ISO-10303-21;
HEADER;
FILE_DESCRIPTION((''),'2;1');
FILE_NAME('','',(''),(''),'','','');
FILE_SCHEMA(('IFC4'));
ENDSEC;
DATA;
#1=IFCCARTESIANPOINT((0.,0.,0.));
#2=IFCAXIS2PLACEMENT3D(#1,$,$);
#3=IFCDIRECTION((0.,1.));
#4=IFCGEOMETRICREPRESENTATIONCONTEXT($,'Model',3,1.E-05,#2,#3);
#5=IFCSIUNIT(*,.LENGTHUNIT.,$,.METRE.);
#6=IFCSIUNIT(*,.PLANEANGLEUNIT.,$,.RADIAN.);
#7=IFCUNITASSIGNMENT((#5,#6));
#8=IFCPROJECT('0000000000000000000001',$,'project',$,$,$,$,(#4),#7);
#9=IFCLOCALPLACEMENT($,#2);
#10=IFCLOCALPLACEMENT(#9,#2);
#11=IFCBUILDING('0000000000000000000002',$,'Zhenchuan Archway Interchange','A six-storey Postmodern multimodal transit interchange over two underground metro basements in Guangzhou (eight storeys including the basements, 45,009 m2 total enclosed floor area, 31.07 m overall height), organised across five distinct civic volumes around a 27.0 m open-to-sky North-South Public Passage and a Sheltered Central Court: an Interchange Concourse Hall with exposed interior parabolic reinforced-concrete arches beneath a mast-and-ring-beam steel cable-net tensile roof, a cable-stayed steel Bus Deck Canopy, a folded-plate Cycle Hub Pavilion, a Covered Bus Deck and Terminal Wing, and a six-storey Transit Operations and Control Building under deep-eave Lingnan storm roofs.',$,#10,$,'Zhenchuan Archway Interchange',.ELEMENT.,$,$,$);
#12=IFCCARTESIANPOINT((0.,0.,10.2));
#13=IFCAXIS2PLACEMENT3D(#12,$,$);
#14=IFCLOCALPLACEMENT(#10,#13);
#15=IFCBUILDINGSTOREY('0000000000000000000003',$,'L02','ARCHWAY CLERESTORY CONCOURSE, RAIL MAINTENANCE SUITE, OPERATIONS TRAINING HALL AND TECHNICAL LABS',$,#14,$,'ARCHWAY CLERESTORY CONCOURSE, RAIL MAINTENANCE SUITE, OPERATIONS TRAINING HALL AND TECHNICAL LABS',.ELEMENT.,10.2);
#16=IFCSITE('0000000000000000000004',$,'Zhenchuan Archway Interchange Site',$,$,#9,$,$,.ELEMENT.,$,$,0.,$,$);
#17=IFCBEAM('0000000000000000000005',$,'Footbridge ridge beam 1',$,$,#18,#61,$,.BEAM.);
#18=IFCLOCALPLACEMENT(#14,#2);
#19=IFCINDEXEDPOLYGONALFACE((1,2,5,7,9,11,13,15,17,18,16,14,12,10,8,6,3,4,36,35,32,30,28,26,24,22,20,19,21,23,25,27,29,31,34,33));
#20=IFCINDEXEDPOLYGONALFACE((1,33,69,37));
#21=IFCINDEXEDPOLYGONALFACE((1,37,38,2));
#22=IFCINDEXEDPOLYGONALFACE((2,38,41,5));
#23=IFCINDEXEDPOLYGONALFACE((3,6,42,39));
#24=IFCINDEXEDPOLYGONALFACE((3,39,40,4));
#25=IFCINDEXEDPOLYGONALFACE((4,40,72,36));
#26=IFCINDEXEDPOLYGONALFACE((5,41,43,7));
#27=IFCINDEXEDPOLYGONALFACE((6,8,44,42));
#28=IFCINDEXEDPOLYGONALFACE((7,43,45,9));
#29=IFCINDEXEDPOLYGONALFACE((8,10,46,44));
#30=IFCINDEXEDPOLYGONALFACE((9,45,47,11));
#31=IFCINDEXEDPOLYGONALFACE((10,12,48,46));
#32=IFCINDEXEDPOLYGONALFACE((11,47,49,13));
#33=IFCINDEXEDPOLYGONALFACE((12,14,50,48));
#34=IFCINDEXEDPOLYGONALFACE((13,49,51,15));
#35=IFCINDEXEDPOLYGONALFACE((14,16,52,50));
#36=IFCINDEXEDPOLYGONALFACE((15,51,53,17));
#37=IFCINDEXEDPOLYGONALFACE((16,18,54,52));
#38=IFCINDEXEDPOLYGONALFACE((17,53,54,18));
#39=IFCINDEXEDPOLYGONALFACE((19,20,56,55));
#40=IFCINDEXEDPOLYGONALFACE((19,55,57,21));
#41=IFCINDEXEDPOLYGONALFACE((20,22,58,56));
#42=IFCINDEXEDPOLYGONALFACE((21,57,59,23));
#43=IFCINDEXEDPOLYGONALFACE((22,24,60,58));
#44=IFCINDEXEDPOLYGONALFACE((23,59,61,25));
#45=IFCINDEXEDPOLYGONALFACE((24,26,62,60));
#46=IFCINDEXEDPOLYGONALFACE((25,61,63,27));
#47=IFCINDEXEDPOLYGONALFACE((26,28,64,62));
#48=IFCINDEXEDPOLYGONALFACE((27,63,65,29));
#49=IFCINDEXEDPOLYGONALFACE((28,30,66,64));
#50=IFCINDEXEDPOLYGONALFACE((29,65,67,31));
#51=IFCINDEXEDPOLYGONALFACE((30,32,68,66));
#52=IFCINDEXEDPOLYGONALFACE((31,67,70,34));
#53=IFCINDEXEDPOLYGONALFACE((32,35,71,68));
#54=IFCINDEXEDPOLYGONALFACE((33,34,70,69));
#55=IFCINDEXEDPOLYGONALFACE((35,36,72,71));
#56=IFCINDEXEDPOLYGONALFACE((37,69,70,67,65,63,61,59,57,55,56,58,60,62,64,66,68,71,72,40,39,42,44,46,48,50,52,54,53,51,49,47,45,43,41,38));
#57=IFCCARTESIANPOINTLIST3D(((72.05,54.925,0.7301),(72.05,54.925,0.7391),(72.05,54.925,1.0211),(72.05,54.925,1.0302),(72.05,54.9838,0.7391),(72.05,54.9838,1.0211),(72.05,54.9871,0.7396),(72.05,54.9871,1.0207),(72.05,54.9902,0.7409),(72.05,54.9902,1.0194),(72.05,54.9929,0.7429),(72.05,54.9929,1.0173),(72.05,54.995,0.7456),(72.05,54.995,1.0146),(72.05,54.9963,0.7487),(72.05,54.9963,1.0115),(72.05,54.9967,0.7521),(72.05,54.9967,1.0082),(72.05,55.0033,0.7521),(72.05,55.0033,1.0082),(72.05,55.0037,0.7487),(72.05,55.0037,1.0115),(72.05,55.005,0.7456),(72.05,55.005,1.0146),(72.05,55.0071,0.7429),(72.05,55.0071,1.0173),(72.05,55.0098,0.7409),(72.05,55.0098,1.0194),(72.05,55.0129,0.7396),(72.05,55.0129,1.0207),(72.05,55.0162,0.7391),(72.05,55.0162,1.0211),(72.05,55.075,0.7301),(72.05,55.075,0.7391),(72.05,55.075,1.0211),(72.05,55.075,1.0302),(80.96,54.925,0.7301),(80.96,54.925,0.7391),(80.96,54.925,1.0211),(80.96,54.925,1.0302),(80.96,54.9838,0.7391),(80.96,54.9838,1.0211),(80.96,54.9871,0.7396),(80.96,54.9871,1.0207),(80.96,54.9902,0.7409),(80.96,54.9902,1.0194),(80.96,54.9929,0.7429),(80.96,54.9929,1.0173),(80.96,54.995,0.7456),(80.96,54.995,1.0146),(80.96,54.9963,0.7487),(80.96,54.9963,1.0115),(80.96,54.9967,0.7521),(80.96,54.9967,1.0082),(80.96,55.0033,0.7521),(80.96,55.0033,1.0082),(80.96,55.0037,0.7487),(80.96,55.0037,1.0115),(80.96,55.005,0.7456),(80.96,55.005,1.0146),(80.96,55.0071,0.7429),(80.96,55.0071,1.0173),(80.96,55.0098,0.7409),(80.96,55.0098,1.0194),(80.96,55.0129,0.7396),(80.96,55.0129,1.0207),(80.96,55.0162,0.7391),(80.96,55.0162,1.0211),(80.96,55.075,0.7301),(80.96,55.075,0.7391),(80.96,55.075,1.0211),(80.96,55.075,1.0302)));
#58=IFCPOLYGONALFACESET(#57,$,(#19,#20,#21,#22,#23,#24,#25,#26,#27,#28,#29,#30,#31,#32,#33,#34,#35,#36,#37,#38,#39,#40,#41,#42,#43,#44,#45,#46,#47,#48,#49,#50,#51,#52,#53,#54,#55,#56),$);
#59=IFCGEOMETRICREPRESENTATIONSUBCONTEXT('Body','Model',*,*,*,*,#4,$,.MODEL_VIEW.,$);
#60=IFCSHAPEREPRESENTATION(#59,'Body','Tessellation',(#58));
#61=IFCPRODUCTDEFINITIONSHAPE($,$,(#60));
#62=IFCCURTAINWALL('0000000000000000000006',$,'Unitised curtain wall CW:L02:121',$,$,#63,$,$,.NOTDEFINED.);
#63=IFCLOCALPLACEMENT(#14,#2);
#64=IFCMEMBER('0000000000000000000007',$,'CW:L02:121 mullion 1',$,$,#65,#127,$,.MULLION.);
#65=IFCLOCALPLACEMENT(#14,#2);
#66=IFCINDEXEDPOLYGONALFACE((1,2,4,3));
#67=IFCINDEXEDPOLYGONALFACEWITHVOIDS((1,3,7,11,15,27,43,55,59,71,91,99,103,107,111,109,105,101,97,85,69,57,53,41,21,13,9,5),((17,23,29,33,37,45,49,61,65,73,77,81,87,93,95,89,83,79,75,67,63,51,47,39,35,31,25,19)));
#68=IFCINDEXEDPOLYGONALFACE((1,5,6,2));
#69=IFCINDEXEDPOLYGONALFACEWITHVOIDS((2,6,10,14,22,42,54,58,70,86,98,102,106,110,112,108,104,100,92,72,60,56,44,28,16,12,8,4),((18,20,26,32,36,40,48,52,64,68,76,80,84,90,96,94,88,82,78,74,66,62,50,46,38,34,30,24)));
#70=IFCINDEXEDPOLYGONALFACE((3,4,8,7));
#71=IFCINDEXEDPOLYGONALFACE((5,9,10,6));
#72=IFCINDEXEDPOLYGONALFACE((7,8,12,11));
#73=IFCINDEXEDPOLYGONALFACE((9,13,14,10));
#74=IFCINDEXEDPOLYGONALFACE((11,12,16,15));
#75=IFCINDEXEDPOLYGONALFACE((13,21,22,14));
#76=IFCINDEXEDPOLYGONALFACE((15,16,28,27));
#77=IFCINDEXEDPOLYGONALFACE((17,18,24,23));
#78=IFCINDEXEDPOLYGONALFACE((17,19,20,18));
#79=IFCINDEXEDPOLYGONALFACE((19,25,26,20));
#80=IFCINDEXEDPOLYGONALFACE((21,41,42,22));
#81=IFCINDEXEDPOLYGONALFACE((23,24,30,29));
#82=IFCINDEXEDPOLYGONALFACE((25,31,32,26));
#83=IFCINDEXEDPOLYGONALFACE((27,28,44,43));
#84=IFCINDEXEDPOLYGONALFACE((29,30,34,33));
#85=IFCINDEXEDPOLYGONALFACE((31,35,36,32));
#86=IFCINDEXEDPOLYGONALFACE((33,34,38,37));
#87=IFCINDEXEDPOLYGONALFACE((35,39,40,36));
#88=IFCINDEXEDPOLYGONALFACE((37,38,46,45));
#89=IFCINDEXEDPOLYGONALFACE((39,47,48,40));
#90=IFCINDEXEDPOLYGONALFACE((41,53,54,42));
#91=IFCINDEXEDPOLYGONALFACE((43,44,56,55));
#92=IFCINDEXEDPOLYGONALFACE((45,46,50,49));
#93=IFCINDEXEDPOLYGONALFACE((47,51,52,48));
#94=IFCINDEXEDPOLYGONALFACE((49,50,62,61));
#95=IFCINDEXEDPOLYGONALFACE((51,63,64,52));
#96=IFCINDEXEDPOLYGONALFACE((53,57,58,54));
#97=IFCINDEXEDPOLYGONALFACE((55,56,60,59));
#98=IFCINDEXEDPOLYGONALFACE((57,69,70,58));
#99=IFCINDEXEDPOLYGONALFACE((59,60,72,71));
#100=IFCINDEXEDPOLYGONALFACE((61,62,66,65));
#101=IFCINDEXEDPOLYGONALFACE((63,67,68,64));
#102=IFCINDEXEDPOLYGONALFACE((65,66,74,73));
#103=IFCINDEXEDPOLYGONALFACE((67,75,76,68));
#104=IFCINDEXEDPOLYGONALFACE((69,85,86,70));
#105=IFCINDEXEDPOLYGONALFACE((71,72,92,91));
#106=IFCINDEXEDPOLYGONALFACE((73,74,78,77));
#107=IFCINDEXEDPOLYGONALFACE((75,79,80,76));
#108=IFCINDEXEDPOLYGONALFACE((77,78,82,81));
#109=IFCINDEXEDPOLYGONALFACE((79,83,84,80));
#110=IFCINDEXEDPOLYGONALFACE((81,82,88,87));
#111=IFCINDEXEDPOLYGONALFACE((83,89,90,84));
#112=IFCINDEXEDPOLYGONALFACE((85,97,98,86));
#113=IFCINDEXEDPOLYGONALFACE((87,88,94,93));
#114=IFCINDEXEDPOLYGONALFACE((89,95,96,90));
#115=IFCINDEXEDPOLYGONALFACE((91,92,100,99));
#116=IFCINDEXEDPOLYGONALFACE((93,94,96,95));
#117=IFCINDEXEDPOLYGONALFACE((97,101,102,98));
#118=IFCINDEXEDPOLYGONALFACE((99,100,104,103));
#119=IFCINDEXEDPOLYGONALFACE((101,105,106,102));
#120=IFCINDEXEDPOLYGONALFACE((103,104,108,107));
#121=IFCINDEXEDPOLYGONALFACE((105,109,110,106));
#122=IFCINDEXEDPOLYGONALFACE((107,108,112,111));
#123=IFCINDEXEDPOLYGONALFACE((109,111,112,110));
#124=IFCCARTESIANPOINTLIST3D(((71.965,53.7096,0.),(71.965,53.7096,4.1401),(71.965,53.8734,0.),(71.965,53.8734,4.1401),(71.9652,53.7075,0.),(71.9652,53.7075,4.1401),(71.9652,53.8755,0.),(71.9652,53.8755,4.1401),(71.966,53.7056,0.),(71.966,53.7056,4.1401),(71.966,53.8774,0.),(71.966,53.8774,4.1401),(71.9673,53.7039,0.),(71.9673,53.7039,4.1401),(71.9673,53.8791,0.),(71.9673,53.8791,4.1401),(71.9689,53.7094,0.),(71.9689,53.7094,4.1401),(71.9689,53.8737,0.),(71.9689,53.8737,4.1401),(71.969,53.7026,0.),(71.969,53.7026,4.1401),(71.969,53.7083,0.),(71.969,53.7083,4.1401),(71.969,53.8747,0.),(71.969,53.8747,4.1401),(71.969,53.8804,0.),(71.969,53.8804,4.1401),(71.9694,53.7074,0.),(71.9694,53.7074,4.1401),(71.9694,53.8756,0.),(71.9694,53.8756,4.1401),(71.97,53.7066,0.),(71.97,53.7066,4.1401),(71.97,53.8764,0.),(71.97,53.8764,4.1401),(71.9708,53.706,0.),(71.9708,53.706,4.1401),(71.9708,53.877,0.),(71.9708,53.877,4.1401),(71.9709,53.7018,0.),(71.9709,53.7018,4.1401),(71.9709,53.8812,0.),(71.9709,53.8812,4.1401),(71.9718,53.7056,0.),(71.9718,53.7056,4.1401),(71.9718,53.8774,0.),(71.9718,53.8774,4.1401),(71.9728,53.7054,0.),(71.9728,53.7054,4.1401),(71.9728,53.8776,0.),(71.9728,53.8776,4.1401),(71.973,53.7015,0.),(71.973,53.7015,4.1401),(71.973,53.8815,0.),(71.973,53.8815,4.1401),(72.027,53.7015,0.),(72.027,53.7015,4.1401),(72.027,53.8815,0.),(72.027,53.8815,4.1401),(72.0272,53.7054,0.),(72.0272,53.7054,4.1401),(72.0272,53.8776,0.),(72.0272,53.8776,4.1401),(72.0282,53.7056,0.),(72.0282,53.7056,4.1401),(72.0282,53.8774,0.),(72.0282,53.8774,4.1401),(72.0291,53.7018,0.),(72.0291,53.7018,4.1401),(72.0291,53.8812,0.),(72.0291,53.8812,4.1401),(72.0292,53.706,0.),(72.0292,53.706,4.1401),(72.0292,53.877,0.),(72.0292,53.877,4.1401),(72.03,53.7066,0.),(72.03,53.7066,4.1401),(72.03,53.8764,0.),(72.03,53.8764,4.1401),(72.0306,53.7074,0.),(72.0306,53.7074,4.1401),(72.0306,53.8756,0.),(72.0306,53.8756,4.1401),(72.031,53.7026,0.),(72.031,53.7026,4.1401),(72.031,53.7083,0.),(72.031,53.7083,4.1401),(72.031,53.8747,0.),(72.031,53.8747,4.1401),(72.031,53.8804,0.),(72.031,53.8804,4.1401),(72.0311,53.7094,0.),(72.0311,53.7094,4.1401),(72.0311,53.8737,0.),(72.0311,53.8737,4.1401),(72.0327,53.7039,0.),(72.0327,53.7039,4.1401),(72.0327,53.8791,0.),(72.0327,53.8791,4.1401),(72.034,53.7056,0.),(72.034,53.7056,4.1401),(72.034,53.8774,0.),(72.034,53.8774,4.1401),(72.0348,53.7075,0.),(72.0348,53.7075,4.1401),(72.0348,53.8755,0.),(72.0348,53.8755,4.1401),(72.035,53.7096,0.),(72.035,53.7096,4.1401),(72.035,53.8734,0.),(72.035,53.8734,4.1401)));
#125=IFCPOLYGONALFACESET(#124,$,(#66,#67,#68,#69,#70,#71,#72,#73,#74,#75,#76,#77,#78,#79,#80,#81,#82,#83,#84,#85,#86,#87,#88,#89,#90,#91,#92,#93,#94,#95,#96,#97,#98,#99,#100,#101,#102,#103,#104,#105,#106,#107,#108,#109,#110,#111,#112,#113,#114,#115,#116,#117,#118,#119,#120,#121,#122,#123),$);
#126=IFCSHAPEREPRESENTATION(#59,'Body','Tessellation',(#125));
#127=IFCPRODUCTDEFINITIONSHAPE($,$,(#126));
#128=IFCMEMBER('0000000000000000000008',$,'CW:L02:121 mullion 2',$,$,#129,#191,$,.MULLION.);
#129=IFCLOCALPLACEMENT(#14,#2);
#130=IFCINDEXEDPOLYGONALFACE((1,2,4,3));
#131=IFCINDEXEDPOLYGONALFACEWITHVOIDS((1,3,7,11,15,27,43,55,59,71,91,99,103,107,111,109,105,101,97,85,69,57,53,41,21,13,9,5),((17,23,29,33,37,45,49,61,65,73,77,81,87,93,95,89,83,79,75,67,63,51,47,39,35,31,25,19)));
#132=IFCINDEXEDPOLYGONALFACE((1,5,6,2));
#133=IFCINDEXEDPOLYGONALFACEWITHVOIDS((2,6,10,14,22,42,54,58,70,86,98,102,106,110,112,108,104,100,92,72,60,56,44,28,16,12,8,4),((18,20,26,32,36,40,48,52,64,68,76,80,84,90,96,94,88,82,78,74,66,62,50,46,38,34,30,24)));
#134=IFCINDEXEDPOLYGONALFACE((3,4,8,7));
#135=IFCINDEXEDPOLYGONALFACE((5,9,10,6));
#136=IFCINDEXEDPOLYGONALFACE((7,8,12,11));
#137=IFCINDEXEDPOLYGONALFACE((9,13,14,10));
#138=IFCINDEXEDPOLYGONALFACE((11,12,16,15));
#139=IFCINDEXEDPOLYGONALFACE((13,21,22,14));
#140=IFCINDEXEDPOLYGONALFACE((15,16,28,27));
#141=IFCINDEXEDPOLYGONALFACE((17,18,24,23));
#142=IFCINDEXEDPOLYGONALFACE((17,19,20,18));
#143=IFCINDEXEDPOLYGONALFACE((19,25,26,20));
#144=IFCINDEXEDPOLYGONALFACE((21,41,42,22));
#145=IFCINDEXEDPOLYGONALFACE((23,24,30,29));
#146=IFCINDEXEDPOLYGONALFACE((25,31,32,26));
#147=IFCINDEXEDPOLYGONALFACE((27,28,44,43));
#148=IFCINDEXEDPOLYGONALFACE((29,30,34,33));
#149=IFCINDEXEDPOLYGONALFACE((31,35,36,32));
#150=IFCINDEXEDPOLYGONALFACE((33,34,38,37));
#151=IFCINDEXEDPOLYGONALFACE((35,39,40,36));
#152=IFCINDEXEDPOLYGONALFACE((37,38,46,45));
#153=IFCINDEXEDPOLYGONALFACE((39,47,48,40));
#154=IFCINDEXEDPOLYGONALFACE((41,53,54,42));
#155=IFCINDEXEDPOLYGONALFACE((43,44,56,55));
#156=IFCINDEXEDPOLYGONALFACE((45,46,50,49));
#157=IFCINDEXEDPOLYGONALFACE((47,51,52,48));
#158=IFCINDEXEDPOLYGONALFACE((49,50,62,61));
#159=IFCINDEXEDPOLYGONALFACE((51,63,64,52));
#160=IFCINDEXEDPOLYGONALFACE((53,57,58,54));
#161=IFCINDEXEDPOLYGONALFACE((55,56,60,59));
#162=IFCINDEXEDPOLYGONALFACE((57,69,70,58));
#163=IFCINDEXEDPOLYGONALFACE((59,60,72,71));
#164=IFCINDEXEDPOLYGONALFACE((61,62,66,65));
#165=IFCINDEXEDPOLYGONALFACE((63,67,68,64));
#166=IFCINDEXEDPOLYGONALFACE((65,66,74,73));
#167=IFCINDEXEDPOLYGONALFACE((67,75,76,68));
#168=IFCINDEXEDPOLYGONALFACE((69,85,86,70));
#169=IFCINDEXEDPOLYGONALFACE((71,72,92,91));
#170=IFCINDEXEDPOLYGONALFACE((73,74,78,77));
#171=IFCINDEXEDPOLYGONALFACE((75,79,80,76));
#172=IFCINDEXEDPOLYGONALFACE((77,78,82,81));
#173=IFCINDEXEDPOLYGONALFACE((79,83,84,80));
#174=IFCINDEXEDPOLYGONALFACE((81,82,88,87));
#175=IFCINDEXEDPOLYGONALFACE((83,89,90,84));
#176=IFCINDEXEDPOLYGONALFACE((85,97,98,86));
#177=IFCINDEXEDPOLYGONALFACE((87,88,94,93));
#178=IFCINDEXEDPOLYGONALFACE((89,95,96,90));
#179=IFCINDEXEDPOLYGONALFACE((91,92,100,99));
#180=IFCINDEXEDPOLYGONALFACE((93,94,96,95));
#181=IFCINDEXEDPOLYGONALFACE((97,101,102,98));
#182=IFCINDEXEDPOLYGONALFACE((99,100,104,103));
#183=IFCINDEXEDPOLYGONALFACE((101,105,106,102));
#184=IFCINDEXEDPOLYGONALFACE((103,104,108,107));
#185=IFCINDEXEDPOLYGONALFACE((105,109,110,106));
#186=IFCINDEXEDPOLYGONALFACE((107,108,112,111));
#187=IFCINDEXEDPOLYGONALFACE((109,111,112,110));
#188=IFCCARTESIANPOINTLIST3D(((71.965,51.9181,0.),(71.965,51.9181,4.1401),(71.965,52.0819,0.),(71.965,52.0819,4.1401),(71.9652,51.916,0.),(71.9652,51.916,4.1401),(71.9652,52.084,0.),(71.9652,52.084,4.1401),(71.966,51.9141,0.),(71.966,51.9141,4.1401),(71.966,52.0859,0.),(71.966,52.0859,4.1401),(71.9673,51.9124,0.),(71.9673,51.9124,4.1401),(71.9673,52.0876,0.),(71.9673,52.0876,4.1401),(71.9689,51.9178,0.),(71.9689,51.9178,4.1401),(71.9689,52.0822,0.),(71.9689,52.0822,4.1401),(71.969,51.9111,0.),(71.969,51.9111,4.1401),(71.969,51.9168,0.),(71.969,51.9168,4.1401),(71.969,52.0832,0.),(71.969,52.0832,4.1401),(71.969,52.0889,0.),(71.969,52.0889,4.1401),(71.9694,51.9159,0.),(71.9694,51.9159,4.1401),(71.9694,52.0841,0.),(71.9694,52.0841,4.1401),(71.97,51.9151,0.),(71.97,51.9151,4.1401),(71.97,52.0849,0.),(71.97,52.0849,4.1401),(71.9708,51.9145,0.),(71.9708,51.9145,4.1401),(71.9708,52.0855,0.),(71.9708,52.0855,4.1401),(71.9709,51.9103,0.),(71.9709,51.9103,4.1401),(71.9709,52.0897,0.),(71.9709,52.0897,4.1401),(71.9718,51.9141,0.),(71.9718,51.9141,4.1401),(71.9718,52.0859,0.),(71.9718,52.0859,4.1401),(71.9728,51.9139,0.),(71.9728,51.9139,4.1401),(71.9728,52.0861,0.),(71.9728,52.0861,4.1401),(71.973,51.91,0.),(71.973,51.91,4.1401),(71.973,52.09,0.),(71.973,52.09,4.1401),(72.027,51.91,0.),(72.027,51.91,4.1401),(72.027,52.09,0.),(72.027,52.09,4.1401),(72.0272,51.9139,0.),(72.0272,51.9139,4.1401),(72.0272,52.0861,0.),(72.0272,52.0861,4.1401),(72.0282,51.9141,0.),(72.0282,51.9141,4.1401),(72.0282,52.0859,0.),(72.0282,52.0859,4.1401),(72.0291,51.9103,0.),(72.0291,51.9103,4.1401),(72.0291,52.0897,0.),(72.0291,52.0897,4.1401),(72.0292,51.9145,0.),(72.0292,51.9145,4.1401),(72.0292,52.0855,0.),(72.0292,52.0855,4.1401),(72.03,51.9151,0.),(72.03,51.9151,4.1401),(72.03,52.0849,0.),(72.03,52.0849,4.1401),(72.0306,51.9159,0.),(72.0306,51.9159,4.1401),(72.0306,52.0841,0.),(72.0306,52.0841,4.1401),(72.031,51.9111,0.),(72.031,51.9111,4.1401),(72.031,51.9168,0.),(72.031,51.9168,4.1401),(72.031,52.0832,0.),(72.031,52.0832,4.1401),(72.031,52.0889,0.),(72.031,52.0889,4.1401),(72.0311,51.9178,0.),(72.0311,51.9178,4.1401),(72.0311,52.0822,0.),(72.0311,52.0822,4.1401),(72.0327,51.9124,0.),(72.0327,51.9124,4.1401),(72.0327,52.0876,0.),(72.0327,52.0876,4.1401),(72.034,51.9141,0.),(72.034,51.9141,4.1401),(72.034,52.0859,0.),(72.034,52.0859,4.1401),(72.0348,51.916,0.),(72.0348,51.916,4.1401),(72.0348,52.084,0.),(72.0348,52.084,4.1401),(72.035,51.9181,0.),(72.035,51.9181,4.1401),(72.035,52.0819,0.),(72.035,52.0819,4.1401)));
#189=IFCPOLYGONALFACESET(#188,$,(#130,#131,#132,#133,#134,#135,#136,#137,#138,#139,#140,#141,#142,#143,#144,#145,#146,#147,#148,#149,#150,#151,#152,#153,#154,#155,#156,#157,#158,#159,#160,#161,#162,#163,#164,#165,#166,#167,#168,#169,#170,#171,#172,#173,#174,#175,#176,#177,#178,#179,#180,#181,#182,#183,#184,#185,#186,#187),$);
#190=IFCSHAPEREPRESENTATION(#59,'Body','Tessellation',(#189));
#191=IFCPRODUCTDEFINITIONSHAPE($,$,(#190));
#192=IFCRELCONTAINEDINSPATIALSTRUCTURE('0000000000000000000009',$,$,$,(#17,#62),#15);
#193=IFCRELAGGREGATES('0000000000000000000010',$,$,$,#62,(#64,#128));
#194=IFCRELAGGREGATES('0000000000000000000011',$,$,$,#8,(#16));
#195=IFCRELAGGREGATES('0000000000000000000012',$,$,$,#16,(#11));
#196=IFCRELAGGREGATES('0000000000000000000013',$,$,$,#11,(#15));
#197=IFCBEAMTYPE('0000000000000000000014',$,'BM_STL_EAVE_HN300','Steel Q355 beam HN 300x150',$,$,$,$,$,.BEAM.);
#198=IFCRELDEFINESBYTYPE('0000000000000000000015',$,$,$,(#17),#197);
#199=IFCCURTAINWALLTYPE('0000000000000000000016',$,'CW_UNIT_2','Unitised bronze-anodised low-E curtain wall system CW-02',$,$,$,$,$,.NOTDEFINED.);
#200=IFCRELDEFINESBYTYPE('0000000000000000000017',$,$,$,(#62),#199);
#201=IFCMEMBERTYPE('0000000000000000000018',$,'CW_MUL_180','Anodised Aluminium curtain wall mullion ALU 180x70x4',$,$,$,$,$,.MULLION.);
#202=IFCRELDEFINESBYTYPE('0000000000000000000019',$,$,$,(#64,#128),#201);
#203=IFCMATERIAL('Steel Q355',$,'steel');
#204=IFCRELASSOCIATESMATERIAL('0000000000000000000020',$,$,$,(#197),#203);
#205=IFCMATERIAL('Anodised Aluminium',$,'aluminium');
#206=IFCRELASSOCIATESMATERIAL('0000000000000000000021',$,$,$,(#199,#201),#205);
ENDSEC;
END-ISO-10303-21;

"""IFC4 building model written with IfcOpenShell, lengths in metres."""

from ifc_helpers import new_model, si_unit, direction, frame, origin, origin_2d, place, context, subcontext, project, spatial, hollow_rectangle, i_section, extrude, material, material_profile, profile_set, type_object, element, aggregate, save


model = new_model("IFC4")

# Units and contexts
model_context = context("Model", 3, precision=1e-05, world=origin(), true_north=direction((0.0, 1.0)))
body_context = subcontext(model_context, "Body", "Model", "MODEL_VIEW")
ifc_project = project(units=[si_unit("LENGTHUNIT", "METRE"), si_unit("PLANEANGLEUNIT", "RADIAN")], contexts=[model_context])

# Site, building, storey
site_placement = place(None, origin())
site = spatial("IfcSite", under=ifc_project, at=site_placement, Name="Zhenchuan Archway Interchange Site", CompositionType="ELEMENT", RefElevation=0.0)
building_placement = place(site_placement, origin())
building = spatial("IfcBuilding", under=site, at=building_placement, Name="Zhenchuan Archway Interchange", Description="A six-storey Postmodern multimodal transit interchange over two underground metro basements in Guangzhou (eight storeys including the basements, 45,009 m2 total enclosed floor area, 31.07 m overall height), organised across five distinct civic volumes around a 27.0 m open-to-sky North-South Public Passage and a Sheltered Central Court: an Interchange Concourse Hall with exposed interior parabolic reinforced-concrete arches beneath a mast-and-ring-beam steel cable-net tensile roof, a cable-stayed steel Bus Deck Canopy, a folded-plate Cycle Hub Pavilion, a Covered Bus Deck and Terminal Wing, and a six-storey Transit Operations and Control Building under deep-eave Lingnan storm roofs.", LongName="Zhenchuan Archway Interchange", CompositionType="ELEMENT")
storey_placement = place(building_placement, frame((0.0, 0.0, 10.2)))
storey = spatial("IfcBuildingStorey", under=building, at=storey_placement, Name="L02", Description="ARCHWAY CLERESTORY CONCOURSE, RAIL MAINTENANCE SUITE, OPERATIONS TRAINING HALL AND TECHNICAL LABS", LongName="ARCHWAY CLERESTORY CONCOURSE, RAIL MAINTENANCE SUITE, OPERATIONS TRAINING HALL AND TECHNICAL LABS", CompositionType="ELEMENT", Elevation=10.2)

# Beam
ifc_material_1 = material(Name="Steel Q355", Category="steel")
ifc_material_profile_1 = material_profile(ifc_material_1, i_section(OverallWidth=0.1499, OverallDepth=0.3, WebThickness=0.0066, FlangeThickness=0.009, FilletRadius=0.0129, at=origin_2d()), Name="HN 300x150")
ifc_profile_set_1 = profile_set([ifc_material_profile_1], Name="Steel Q355")
beam_type = type_object("IfcBeamType", Name="BM_STL_EAVE_HN300", Description="Steel Q355 beam HN 300x150", PredefinedType="BEAM", material=ifc_profile_set_1)
beam_placement = place(storey_placement, frame((72.05, 55.0, 0.8801), z_axis=(1.0, 0.0, 0.0), x_axis=(0.0, 1.0, 0.0)))
element("IfcBeam", 1, at=beam_placement, inside=storey, type_object=beam_type, Name="Footbridge ridge beam 1", PredefinedType="BEAM", context=body_context, shape_type="SweptSolid", body=[
    extrude(i_section(OverallWidth=0.1499, OverallDepth=0.3, WebThickness=0.0066, FlangeThickness=0.009, FilletRadius=0.0129, at=origin_2d()), origin(), (0.0, 0.0, 1.0), 8.9099),
])

# Curtain wall, members
ifc_material_2 = material(Name="Anodised Aluminium", Category="aluminium")
curtain_wall_type = type_object("IfcCurtainWallType", Name="CW_UNIT_2", Description="Unitised bronze-anodised low-E curtain wall system CW-02", PredefinedType="NOTDEFINED", material=ifc_material_2)
curtain_wall_placement = place(storey_placement, origin())
curtain_wall = element("IfcCurtainWall", 2, at=curtain_wall_placement, inside=storey, type_object=curtain_wall_type, Name="Unitised curtain wall CW:L02:121", PredefinedType="NOTDEFINED")
ifc_material_profile_2 = material_profile(ifc_material_2, hollow_rectangle(XDim=0.0701, YDim=0.1799, WallThickness=0.0039, InnerFilletRadius=0.0039, OuterFilletRadius=0.0081, at=origin_2d()), Name="ALU 180x70x4")
ifc_profile_set_2 = profile_set([ifc_material_profile_2], Name="Anodised Aluminium")
member_type_1 = type_object("IfcMemberType", Name="CW_MUL_180", Description="Anodised Aluminium curtain wall mullion ALU 180x70x4", PredefinedType="MULLION", material=ifc_profile_set_2)
member_1_placement = place(storey_placement, frame((72.0, 53.7915, 0.0), z_axis=(0.0, 0.0, 1.0), x_axis=(1.0, 0.0, 0.0)))
member_1 = element("IfcMember", 3, at=member_1_placement, type_object=member_type_1, Name="CW:L02:121 mullion 1", PredefinedType="MULLION", context=body_context, shape_type="SweptSolid", body=[
    extrude(hollow_rectangle(XDim=0.0701, YDim=0.1799, WallThickness=0.0039, InnerFilletRadius=0.0039, OuterFilletRadius=0.0081, at=origin_2d()), origin(), (0.0, 0.0, 1.0), 4.1401),
])
member_2_placement = place(storey_placement, frame((72.0, 52.0, 0.0), z_axis=(0.0, 0.0, 1.0), x_axis=(1.0, 0.0, 0.0)))
member_2 = element("IfcMember", 4, at=member_2_placement, type_object=member_type_1, Name="CW:L02:121 mullion 2", PredefinedType="MULLION", context=body_context, shape_type="SweptSolid", body=[
    extrude(hollow_rectangle(XDim=0.0701, YDim=0.1799, WallThickness=0.0039, InnerFilletRadius=0.0039, OuterFilletRadius=0.0081, at=origin_2d()), origin(), (0.0, 0.0, 1.0), 4.1401),
])

aggregate(curtain_wall, [member_1, member_2])

save(model, "model.ifc")
